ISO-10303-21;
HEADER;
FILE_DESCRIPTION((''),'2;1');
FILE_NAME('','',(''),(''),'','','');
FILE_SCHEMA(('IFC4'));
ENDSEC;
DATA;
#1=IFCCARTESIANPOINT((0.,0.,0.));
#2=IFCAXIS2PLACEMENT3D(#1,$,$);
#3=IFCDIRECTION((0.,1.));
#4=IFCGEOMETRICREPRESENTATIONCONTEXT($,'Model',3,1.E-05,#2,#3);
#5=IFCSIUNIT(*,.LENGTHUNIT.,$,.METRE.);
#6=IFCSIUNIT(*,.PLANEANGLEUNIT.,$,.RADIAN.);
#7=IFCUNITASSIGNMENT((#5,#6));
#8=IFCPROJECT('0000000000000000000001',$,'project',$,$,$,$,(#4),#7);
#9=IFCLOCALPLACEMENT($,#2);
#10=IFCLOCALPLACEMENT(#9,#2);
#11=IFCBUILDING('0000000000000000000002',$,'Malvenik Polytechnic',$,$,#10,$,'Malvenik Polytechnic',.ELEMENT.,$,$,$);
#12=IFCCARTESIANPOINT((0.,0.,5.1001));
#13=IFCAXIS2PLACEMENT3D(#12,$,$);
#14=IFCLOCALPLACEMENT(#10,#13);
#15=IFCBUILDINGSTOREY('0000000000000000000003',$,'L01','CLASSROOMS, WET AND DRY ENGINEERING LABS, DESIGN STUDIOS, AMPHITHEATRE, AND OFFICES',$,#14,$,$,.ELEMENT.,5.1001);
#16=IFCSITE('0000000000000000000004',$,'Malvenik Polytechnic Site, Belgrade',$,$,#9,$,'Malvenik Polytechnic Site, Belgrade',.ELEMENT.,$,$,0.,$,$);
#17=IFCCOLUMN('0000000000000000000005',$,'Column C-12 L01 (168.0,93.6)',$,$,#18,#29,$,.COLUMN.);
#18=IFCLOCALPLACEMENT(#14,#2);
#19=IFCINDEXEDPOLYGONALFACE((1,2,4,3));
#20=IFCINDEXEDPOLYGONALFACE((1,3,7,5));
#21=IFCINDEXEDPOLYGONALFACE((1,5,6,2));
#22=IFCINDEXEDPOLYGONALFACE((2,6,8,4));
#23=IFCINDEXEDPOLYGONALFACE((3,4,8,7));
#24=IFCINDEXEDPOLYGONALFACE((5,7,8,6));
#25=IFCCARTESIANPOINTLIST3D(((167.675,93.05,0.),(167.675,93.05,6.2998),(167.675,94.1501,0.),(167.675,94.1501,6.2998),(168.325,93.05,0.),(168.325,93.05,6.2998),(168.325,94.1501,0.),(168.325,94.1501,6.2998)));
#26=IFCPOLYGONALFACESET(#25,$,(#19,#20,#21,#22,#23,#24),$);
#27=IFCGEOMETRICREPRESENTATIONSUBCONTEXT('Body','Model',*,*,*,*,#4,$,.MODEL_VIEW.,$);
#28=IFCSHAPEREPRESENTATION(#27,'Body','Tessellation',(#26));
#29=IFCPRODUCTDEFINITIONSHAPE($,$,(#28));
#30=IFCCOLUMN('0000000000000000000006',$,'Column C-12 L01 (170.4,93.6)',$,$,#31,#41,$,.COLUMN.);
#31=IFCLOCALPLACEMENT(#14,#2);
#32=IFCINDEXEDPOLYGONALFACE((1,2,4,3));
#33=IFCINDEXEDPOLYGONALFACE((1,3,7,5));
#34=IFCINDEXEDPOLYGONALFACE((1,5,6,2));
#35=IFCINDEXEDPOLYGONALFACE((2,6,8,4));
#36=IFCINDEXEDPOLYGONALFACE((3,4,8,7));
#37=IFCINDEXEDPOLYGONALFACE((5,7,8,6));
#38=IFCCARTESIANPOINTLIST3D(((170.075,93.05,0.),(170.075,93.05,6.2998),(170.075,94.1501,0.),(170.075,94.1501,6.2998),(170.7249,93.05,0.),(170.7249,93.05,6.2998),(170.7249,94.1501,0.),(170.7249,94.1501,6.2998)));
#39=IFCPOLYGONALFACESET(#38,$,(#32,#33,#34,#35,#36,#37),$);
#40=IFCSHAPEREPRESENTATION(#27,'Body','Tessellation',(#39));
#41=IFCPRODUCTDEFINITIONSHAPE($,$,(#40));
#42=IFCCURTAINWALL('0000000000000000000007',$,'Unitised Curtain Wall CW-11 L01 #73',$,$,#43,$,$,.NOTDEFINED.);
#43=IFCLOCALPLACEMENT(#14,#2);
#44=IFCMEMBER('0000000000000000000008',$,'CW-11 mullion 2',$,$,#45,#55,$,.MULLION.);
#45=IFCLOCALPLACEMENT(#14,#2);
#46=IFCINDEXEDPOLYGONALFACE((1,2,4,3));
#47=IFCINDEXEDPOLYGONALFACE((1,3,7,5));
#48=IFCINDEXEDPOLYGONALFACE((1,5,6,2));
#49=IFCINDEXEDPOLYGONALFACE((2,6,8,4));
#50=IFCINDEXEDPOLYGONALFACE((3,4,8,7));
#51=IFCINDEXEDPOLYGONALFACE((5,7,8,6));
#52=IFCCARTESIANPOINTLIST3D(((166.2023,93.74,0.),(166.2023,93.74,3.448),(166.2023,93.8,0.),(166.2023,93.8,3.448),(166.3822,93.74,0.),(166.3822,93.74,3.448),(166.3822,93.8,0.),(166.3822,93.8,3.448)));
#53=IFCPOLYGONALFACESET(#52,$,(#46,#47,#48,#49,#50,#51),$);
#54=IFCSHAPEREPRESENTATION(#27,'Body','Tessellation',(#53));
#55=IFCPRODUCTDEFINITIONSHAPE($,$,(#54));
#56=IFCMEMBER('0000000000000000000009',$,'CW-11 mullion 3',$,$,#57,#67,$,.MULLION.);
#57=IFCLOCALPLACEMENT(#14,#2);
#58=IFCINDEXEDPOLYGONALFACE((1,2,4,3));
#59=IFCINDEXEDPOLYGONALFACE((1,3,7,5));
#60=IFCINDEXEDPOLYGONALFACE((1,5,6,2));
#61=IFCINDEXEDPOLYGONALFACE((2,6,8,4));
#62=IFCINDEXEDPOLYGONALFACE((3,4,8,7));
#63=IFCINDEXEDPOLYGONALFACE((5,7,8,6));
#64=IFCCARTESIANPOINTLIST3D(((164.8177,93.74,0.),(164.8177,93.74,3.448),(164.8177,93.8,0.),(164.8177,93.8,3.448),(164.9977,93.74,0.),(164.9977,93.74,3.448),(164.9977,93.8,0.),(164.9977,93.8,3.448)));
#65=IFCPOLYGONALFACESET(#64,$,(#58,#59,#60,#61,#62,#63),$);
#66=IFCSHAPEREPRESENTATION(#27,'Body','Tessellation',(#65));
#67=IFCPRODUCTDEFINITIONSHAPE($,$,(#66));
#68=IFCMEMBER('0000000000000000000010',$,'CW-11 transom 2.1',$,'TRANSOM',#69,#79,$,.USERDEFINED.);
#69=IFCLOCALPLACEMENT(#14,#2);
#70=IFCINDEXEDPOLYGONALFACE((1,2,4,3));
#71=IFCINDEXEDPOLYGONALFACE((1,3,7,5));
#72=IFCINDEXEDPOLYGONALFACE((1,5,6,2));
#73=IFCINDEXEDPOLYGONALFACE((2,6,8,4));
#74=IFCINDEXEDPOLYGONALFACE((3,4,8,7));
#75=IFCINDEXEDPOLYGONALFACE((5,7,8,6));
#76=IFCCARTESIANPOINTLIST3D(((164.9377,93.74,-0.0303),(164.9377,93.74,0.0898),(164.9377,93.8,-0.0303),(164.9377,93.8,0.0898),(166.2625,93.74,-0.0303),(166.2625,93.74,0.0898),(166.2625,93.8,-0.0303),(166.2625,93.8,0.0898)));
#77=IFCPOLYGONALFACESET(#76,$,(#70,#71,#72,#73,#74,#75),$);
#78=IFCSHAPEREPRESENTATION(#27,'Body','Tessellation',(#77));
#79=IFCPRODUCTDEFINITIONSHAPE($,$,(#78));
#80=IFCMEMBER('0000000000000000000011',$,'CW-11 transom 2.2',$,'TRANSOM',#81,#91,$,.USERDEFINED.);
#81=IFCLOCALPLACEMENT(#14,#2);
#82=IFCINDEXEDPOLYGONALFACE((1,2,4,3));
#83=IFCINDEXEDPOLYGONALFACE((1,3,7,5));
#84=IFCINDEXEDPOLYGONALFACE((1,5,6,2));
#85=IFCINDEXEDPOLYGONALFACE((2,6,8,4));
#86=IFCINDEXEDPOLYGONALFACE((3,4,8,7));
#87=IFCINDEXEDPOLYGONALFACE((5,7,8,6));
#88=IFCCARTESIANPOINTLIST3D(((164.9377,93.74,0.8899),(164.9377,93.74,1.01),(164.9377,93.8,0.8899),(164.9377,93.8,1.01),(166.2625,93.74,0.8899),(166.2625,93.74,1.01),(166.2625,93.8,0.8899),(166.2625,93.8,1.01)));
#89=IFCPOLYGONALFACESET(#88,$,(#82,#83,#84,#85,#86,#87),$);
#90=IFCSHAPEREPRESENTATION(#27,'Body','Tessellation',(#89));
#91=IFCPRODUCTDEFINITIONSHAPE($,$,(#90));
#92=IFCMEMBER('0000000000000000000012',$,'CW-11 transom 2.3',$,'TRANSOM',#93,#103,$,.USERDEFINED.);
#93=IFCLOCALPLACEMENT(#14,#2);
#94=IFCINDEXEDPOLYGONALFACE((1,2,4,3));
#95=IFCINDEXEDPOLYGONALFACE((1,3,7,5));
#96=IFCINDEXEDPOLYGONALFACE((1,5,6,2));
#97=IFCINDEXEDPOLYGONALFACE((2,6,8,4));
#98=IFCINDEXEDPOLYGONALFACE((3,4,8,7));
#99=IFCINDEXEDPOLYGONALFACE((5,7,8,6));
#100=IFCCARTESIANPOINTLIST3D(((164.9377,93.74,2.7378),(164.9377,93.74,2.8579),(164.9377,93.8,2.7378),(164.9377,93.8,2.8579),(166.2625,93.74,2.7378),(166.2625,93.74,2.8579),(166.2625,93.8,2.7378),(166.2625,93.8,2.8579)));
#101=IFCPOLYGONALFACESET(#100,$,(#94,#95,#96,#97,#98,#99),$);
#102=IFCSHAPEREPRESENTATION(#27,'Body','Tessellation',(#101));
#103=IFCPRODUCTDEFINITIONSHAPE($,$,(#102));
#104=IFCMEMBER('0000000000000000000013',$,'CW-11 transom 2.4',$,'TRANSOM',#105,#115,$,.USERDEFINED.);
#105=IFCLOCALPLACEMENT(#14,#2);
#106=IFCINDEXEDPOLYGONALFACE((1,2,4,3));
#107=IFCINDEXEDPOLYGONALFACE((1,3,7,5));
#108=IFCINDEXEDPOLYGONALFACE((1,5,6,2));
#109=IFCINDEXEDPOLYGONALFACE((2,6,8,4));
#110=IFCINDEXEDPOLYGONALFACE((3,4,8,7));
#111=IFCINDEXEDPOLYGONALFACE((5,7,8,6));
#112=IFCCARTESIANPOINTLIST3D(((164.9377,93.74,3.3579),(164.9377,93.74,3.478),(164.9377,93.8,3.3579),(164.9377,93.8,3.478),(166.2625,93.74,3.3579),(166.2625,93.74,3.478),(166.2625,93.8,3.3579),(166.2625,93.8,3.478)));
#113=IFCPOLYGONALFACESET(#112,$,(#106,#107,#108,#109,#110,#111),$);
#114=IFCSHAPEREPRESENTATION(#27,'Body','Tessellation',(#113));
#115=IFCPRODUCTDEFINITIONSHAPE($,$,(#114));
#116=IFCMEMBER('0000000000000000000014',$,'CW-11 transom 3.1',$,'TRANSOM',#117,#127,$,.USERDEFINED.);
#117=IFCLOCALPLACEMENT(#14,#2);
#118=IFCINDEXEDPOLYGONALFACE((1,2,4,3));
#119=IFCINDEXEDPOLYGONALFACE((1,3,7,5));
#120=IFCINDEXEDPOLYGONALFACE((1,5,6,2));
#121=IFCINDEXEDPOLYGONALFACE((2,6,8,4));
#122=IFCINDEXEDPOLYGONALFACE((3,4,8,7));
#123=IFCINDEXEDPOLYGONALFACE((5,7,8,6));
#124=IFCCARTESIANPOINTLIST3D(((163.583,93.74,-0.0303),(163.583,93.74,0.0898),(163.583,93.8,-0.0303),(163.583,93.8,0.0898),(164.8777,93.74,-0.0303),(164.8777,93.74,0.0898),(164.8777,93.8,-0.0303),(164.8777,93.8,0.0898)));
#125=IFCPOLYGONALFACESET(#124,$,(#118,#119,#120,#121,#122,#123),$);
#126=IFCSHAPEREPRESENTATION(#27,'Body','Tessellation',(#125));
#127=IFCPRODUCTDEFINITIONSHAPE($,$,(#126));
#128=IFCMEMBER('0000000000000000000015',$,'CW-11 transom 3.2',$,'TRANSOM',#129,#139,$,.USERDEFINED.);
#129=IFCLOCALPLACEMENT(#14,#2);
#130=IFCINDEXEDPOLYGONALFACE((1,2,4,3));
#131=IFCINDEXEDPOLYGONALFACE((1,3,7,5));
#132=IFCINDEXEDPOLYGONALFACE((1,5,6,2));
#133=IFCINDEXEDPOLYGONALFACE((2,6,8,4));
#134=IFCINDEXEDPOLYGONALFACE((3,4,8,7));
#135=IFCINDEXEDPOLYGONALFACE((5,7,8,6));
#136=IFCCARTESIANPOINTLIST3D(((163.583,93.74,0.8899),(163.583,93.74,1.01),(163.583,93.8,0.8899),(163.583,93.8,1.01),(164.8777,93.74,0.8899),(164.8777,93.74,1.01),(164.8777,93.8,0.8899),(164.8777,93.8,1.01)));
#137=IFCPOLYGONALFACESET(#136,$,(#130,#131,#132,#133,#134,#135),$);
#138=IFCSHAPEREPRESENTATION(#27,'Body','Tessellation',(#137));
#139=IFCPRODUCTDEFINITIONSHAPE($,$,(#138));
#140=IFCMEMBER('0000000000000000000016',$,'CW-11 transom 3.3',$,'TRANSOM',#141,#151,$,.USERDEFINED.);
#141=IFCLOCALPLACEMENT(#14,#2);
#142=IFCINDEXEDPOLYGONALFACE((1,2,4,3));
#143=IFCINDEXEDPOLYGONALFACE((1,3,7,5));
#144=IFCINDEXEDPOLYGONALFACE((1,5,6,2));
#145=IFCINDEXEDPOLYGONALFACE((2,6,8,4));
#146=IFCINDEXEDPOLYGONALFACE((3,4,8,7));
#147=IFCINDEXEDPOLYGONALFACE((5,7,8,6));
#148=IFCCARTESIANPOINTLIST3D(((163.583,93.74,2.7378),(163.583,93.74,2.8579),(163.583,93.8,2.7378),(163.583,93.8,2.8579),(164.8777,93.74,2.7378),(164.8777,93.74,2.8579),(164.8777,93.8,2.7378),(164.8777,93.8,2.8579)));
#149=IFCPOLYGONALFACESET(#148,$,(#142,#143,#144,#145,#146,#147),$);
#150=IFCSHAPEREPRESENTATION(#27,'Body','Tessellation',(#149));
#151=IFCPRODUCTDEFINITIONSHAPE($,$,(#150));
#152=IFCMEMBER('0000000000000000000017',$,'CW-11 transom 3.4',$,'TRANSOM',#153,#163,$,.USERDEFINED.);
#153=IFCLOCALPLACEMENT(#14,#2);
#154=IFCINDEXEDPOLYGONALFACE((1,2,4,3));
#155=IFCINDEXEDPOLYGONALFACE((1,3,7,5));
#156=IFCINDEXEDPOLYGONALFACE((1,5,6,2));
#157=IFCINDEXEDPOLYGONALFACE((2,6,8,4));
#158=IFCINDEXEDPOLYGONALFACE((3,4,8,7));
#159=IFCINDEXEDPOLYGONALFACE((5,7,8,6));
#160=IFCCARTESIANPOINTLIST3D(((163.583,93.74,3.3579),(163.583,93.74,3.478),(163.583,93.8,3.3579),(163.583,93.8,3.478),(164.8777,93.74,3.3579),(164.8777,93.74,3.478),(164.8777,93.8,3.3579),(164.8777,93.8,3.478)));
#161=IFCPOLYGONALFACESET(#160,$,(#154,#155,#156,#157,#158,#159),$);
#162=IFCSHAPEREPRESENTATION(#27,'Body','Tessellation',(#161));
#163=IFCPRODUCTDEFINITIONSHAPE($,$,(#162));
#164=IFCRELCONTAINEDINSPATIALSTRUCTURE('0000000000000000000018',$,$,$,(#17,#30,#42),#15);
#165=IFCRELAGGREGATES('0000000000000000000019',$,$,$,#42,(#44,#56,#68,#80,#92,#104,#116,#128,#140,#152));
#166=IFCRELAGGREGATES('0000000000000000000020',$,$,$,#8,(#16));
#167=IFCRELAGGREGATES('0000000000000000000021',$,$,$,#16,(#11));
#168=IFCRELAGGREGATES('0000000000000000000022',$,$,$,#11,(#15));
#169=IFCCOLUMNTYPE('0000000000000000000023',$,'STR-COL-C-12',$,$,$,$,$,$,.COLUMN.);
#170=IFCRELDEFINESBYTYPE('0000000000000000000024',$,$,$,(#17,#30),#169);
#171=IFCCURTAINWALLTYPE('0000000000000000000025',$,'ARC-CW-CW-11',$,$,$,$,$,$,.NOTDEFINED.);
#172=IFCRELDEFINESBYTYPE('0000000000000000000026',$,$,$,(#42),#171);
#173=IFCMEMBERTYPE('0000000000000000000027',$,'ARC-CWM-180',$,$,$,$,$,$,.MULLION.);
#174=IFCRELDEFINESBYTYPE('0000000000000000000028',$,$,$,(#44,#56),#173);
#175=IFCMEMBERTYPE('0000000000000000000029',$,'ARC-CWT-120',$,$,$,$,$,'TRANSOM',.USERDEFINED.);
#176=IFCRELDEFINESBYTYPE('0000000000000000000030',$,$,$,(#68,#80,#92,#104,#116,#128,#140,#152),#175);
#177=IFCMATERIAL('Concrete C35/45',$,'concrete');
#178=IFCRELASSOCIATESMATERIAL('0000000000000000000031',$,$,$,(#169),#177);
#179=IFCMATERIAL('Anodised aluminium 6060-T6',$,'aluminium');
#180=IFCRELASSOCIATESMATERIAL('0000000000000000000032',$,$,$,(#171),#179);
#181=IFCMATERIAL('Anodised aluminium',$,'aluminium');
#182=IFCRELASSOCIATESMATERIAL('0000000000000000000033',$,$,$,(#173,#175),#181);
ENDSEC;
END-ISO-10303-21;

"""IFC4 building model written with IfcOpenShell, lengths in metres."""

from ifc_helpers import new_model, si_unit, direction, frame, origin, origin_2d, place, context, subcontext, project, spatial, rectangle, extrude, material, material_profile, profile_set, type_object, element, aggregate, save


model = new_model("IFC4")

# Units and contexts
model_context = context("Model", 3, precision=1e-05, world=origin(), true_north=direction((0.0, 1.0)))
body_context = subcontext(model_context, "Body", "Model", "MODEL_VIEW")
ifc_project = project(units=[si_unit("LENGTHUNIT", "METRE"), si_unit("PLANEANGLEUNIT", "RADIAN")], contexts=[model_context])

# Site, building, storey
site_placement = place(None, origin())
site = spatial("IfcSite", under=ifc_project, at=site_placement, Name="Malvenik Polytechnic Site, Belgrade", LongName="Malvenik Polytechnic Site, Belgrade", CompositionType="ELEMENT", RefElevation=0.0)
building_placement = place(site_placement, origin())
building = spatial("IfcBuilding", under=site, at=building_placement, Name="Malvenik Polytechnic", LongName="Malvenik Polytechnic", CompositionType="ELEMENT")
storey_placement = place(building_placement, frame((0.0, 0.0, 5.1001)))
storey = spatial("IfcBuildingStorey", under=building, at=storey_placement, Name="L01", Description="CLASSROOMS, WET AND DRY ENGINEERING LABS, DESIGN STUDIOS, AMPHITHEATRE, AND OFFICES", CompositionType="ELEMENT", Elevation=5.1001)

# Columns
ifc_material_1 = material(Name="Concrete C35/45", Category="concrete")
ifc_material_profile_1 = material_profile(ifc_material_1, rectangle(XDim=0.6499, YDim=1.1001, at=origin_2d()), Name="RC COL 1100x650")
ifc_profile_set_1 = profile_set([ifc_material_profile_1], Name="Concrete C35/45")
column_type = type_object("IfcColumnType", Name="STR-COL-C-12", PredefinedType="COLUMN", material=ifc_profile_set_1)
for number, where, z_axis, x_axis, name in (
    (1, (168.0, 93.6001, 0.0), (0.0, 0.0, 1.0), (1.0, 0.0, 0.0), "Column C-12 L01 (168.0,93.6)"),
    (2, (170.3999, 93.6001, 0.0), (0.0, 0.0, 1.0), (1.0, 0.0, 0.0), "Column C-12 L01 (170.4,93.6)"),
):
    element("IfcColumn", number, at=place(storey_placement, frame(where, z_axis=z_axis, x_axis=x_axis)), inside=storey, type_object=column_type, Name=name, PredefinedType="COLUMN", context=body_context, shape_type="SweptSolid", body=[
        extrude(rectangle(XDim=0.6499, YDim=1.1001, at=origin_2d()), origin(), (0.0, 0.0, 1.0), 6.2998),
    ])

# Curtain wall, members
ifc_material_2 = material(Name="Anodised aluminium 6060-T6", Category="aluminium")
curtain_wall_type = type_object("IfcCurtainWallType", Name="ARC-CW-CW-11", PredefinedType="NOTDEFINED", material=ifc_material_2)
curtain_wall_placement = place(storey_placement, origin())
curtain_wall = element("IfcCurtainWall", 3, at=curtain_wall_placement, inside=storey, type_object=curtain_wall_type, Name="Unitised Curtain Wall CW-11 L01 #73", PredefinedType="NOTDEFINED")
ifc_material_3 = material(Name="Anodised aluminium", Category="aluminium")
ifc_material_profile_2 = material_profile(ifc_material_3, rectangle(XDim=0.0601, YDim=0.1799, at=origin_2d()), Name="ALU MULLION 60x180")
ifc_profile_set_2 = profile_set([ifc_material_profile_2], Name="Anodised aluminium")
member_type_1 = type_object("IfcMemberType", Name="ARC-CWM-180", PredefinedType="MULLION", material=ifc_profile_set_2)
member_1_placement = place(storey_placement, frame((166.2922, 93.77, 0.0), z_axis=(0.0, 0.0, 1.0), x_axis=(0.0, -1.0, 0.0)))
member_1 = element("IfcMember", 4, at=member_1_placement, type_object=member_type_1, Name="CW-11 mullion 2", PredefinedType="MULLION", context=body_context, shape_type="SweptSolid", body=[
    extrude(rectangle(XDim=0.0601, YDim=0.1799, at=origin_2d()), origin(), (0.0, 0.0, 1.0), 3.448),
])
member_2_placement = place(storey_placement, frame((164.9077, 93.77, 0.0), z_axis=(0.0, 0.0, 1.0), x_axis=(0.0, -1.0, 0.0)))
member_2 = element("IfcMember", 5, at=member_2_placement, type_object=member_type_1, Name="CW-11 mullion 3", PredefinedType="MULLION", context=body_context, shape_type="SweptSolid", body=[
    extrude(rectangle(XDim=0.0601, YDim=0.1799, at=origin_2d()), origin(), (0.0, 0.0, 1.0), 3.448),
])
ifc_material_profile_3 = material_profile(ifc_material_3, rectangle(XDim=0.0601, YDim=0.1201, at=origin_2d()), Name="ALU TRANSOM 60x120")
ifc_profile_set_3 = profile_set([ifc_material_profile_3], Name="Anodised aluminium")
member_type_2 = type_object("IfcMemberType", Name="ARC-CWT-120", ElementType="TRANSOM", PredefinedType="USERDEFINED", material=ifc_profile_set_3)
member_3_placement = place(storey_placement, frame((166.2625, 93.77, 0.0298), z_axis=(-1.0, 0.0, 0.0), x_axis=(0.0, -1.0, 0.0)))
member_3 = element("IfcMember", 6, at=member_3_placement, type_object=member_type_2, Name="CW-11 transom 2.1", ObjectType="TRANSOM", PredefinedType="USERDEFINED", context=body_context, shape_type="SweptSolid", body=[
    extrude(rectangle(XDim=0.0601, YDim=0.1201, at=origin_2d()), origin(), (0.0, 0.0, 1.0), 1.3247),
])
member_4_placement = place(storey_placement, frame((166.2625, 93.77, 0.95), z_axis=(-1.0, 0.0, 0.0), x_axis=(0.0, -1.0, 0.0)))
member_4 = element("IfcMember", 7, at=member_4_placement, type_object=member_type_2, Name="CW-11 transom 2.2", ObjectType="TRANSOM", PredefinedType="USERDEFINED", context=body_context, shape_type="SweptSolid", body=[
    extrude(rectangle(XDim=0.0601, YDim=0.1201, at=origin_2d()), origin(), (0.0, 0.0, 1.0), 1.3247),
])
member_5_placement = place(storey_placement, frame((166.2625, 93.77, 2.7979), z_axis=(-1.0, 0.0, 0.0), x_axis=(0.0, -1.0, 0.0)))
member_5 = element("IfcMember", 8, at=member_5_placement, type_object=member_type_2, Name="CW-11 transom 2.3", ObjectType="TRANSOM", PredefinedType="USERDEFINED", context=body_context, shape_type="SweptSolid", body=[
    extrude(rectangle(XDim=0.0601, YDim=0.1201, at=origin_2d()), origin(), (0.0, 0.0, 1.0), 1.3247),
])
member_6_placement = place(storey_placement, frame((166.2625, 93.77, 3.418), z_axis=(-1.0, 0.0, 0.0), x_axis=(0.0, -1.0, 0.0)))
member_6 = element("IfcMember", 9, at=member_6_placement, type_object=member_type_2, Name="CW-11 transom 2.4", ObjectType="TRANSOM", PredefinedType="USERDEFINED", context=body_context, shape_type="SweptSolid", body=[
    extrude(rectangle(XDim=0.0601, YDim=0.1201, at=origin_2d()), origin(), (0.0, 0.0, 1.0), 1.3247),
])
member_7_placement = place(storey_placement, frame((164.8777, 93.77, 0.0298), z_axis=(-1.0, 0.0, 0.0), x_axis=(0.0, -1.0, 0.0)))
member_7 = element("IfcMember", 10, at=member_7_placement, type_object=member_type_2, Name="CW-11 transom 3.1", ObjectType="TRANSOM", PredefinedType="USERDEFINED", context=body_context, shape_type="SweptSolid", body=[
    extrude(rectangle(XDim=0.0601, YDim=0.1201, at=origin_2d()), origin(), (0.0, 0.0, 1.0), 1.2947),
])
member_8_placement = place(storey_placement, frame((164.8777, 93.77, 0.95), z_axis=(-1.0, 0.0, 0.0), x_axis=(0.0, -1.0, 0.0)))
member_8 = element("IfcMember", 11, at=member_8_placement, type_object=member_type_2, Name="CW-11 transom 3.2", ObjectType="TRANSOM", PredefinedType="USERDEFINED", context=body_context, shape_type="SweptSolid", body=[
    extrude(rectangle(XDim=0.0601, YDim=0.1201, at=origin_2d()), origin(), (0.0, 0.0, 1.0), 1.2947),
])
member_9_placement = place(storey_placement, frame((164.8777, 93.77, 2.7979), z_axis=(-1.0, 0.0, 0.0), x_axis=(0.0, -1.0, 0.0)))
member_9 = element("IfcMember", 12, at=member_9_placement, type_object=member_type_2, Name="CW-11 transom 3.3", ObjectType="TRANSOM", PredefinedType="USERDEFINED", context=body_context, shape_type="SweptSolid", body=[
    extrude(rectangle(XDim=0.0601, YDim=0.1201, at=origin_2d()), origin(), (0.0, 0.0, 1.0), 1.2947),
])
member_10_placement = place(storey_placement, frame((164.8777, 93.77, 3.418), z_axis=(-1.0, 0.0, 0.0), x_axis=(0.0, -1.0, 0.0)))
member_10 = element("IfcMember", 13, at=member_10_placement, type_object=member_type_2, Name="CW-11 transom 3.4", ObjectType="TRANSOM", PredefinedType="USERDEFINED", context=body_context, shape_type="SweptSolid", body=[
    extrude(rectangle(XDim=0.0601, YDim=0.1201, at=origin_2d()), origin(), (0.0, 0.0, 1.0), 1.2947),
])

aggregate(curtain_wall, [member_1, member_2, member_3, member_4, member_5, member_6, member_7, member_8, member_9, member_10])

save(model, "model.ifc")
